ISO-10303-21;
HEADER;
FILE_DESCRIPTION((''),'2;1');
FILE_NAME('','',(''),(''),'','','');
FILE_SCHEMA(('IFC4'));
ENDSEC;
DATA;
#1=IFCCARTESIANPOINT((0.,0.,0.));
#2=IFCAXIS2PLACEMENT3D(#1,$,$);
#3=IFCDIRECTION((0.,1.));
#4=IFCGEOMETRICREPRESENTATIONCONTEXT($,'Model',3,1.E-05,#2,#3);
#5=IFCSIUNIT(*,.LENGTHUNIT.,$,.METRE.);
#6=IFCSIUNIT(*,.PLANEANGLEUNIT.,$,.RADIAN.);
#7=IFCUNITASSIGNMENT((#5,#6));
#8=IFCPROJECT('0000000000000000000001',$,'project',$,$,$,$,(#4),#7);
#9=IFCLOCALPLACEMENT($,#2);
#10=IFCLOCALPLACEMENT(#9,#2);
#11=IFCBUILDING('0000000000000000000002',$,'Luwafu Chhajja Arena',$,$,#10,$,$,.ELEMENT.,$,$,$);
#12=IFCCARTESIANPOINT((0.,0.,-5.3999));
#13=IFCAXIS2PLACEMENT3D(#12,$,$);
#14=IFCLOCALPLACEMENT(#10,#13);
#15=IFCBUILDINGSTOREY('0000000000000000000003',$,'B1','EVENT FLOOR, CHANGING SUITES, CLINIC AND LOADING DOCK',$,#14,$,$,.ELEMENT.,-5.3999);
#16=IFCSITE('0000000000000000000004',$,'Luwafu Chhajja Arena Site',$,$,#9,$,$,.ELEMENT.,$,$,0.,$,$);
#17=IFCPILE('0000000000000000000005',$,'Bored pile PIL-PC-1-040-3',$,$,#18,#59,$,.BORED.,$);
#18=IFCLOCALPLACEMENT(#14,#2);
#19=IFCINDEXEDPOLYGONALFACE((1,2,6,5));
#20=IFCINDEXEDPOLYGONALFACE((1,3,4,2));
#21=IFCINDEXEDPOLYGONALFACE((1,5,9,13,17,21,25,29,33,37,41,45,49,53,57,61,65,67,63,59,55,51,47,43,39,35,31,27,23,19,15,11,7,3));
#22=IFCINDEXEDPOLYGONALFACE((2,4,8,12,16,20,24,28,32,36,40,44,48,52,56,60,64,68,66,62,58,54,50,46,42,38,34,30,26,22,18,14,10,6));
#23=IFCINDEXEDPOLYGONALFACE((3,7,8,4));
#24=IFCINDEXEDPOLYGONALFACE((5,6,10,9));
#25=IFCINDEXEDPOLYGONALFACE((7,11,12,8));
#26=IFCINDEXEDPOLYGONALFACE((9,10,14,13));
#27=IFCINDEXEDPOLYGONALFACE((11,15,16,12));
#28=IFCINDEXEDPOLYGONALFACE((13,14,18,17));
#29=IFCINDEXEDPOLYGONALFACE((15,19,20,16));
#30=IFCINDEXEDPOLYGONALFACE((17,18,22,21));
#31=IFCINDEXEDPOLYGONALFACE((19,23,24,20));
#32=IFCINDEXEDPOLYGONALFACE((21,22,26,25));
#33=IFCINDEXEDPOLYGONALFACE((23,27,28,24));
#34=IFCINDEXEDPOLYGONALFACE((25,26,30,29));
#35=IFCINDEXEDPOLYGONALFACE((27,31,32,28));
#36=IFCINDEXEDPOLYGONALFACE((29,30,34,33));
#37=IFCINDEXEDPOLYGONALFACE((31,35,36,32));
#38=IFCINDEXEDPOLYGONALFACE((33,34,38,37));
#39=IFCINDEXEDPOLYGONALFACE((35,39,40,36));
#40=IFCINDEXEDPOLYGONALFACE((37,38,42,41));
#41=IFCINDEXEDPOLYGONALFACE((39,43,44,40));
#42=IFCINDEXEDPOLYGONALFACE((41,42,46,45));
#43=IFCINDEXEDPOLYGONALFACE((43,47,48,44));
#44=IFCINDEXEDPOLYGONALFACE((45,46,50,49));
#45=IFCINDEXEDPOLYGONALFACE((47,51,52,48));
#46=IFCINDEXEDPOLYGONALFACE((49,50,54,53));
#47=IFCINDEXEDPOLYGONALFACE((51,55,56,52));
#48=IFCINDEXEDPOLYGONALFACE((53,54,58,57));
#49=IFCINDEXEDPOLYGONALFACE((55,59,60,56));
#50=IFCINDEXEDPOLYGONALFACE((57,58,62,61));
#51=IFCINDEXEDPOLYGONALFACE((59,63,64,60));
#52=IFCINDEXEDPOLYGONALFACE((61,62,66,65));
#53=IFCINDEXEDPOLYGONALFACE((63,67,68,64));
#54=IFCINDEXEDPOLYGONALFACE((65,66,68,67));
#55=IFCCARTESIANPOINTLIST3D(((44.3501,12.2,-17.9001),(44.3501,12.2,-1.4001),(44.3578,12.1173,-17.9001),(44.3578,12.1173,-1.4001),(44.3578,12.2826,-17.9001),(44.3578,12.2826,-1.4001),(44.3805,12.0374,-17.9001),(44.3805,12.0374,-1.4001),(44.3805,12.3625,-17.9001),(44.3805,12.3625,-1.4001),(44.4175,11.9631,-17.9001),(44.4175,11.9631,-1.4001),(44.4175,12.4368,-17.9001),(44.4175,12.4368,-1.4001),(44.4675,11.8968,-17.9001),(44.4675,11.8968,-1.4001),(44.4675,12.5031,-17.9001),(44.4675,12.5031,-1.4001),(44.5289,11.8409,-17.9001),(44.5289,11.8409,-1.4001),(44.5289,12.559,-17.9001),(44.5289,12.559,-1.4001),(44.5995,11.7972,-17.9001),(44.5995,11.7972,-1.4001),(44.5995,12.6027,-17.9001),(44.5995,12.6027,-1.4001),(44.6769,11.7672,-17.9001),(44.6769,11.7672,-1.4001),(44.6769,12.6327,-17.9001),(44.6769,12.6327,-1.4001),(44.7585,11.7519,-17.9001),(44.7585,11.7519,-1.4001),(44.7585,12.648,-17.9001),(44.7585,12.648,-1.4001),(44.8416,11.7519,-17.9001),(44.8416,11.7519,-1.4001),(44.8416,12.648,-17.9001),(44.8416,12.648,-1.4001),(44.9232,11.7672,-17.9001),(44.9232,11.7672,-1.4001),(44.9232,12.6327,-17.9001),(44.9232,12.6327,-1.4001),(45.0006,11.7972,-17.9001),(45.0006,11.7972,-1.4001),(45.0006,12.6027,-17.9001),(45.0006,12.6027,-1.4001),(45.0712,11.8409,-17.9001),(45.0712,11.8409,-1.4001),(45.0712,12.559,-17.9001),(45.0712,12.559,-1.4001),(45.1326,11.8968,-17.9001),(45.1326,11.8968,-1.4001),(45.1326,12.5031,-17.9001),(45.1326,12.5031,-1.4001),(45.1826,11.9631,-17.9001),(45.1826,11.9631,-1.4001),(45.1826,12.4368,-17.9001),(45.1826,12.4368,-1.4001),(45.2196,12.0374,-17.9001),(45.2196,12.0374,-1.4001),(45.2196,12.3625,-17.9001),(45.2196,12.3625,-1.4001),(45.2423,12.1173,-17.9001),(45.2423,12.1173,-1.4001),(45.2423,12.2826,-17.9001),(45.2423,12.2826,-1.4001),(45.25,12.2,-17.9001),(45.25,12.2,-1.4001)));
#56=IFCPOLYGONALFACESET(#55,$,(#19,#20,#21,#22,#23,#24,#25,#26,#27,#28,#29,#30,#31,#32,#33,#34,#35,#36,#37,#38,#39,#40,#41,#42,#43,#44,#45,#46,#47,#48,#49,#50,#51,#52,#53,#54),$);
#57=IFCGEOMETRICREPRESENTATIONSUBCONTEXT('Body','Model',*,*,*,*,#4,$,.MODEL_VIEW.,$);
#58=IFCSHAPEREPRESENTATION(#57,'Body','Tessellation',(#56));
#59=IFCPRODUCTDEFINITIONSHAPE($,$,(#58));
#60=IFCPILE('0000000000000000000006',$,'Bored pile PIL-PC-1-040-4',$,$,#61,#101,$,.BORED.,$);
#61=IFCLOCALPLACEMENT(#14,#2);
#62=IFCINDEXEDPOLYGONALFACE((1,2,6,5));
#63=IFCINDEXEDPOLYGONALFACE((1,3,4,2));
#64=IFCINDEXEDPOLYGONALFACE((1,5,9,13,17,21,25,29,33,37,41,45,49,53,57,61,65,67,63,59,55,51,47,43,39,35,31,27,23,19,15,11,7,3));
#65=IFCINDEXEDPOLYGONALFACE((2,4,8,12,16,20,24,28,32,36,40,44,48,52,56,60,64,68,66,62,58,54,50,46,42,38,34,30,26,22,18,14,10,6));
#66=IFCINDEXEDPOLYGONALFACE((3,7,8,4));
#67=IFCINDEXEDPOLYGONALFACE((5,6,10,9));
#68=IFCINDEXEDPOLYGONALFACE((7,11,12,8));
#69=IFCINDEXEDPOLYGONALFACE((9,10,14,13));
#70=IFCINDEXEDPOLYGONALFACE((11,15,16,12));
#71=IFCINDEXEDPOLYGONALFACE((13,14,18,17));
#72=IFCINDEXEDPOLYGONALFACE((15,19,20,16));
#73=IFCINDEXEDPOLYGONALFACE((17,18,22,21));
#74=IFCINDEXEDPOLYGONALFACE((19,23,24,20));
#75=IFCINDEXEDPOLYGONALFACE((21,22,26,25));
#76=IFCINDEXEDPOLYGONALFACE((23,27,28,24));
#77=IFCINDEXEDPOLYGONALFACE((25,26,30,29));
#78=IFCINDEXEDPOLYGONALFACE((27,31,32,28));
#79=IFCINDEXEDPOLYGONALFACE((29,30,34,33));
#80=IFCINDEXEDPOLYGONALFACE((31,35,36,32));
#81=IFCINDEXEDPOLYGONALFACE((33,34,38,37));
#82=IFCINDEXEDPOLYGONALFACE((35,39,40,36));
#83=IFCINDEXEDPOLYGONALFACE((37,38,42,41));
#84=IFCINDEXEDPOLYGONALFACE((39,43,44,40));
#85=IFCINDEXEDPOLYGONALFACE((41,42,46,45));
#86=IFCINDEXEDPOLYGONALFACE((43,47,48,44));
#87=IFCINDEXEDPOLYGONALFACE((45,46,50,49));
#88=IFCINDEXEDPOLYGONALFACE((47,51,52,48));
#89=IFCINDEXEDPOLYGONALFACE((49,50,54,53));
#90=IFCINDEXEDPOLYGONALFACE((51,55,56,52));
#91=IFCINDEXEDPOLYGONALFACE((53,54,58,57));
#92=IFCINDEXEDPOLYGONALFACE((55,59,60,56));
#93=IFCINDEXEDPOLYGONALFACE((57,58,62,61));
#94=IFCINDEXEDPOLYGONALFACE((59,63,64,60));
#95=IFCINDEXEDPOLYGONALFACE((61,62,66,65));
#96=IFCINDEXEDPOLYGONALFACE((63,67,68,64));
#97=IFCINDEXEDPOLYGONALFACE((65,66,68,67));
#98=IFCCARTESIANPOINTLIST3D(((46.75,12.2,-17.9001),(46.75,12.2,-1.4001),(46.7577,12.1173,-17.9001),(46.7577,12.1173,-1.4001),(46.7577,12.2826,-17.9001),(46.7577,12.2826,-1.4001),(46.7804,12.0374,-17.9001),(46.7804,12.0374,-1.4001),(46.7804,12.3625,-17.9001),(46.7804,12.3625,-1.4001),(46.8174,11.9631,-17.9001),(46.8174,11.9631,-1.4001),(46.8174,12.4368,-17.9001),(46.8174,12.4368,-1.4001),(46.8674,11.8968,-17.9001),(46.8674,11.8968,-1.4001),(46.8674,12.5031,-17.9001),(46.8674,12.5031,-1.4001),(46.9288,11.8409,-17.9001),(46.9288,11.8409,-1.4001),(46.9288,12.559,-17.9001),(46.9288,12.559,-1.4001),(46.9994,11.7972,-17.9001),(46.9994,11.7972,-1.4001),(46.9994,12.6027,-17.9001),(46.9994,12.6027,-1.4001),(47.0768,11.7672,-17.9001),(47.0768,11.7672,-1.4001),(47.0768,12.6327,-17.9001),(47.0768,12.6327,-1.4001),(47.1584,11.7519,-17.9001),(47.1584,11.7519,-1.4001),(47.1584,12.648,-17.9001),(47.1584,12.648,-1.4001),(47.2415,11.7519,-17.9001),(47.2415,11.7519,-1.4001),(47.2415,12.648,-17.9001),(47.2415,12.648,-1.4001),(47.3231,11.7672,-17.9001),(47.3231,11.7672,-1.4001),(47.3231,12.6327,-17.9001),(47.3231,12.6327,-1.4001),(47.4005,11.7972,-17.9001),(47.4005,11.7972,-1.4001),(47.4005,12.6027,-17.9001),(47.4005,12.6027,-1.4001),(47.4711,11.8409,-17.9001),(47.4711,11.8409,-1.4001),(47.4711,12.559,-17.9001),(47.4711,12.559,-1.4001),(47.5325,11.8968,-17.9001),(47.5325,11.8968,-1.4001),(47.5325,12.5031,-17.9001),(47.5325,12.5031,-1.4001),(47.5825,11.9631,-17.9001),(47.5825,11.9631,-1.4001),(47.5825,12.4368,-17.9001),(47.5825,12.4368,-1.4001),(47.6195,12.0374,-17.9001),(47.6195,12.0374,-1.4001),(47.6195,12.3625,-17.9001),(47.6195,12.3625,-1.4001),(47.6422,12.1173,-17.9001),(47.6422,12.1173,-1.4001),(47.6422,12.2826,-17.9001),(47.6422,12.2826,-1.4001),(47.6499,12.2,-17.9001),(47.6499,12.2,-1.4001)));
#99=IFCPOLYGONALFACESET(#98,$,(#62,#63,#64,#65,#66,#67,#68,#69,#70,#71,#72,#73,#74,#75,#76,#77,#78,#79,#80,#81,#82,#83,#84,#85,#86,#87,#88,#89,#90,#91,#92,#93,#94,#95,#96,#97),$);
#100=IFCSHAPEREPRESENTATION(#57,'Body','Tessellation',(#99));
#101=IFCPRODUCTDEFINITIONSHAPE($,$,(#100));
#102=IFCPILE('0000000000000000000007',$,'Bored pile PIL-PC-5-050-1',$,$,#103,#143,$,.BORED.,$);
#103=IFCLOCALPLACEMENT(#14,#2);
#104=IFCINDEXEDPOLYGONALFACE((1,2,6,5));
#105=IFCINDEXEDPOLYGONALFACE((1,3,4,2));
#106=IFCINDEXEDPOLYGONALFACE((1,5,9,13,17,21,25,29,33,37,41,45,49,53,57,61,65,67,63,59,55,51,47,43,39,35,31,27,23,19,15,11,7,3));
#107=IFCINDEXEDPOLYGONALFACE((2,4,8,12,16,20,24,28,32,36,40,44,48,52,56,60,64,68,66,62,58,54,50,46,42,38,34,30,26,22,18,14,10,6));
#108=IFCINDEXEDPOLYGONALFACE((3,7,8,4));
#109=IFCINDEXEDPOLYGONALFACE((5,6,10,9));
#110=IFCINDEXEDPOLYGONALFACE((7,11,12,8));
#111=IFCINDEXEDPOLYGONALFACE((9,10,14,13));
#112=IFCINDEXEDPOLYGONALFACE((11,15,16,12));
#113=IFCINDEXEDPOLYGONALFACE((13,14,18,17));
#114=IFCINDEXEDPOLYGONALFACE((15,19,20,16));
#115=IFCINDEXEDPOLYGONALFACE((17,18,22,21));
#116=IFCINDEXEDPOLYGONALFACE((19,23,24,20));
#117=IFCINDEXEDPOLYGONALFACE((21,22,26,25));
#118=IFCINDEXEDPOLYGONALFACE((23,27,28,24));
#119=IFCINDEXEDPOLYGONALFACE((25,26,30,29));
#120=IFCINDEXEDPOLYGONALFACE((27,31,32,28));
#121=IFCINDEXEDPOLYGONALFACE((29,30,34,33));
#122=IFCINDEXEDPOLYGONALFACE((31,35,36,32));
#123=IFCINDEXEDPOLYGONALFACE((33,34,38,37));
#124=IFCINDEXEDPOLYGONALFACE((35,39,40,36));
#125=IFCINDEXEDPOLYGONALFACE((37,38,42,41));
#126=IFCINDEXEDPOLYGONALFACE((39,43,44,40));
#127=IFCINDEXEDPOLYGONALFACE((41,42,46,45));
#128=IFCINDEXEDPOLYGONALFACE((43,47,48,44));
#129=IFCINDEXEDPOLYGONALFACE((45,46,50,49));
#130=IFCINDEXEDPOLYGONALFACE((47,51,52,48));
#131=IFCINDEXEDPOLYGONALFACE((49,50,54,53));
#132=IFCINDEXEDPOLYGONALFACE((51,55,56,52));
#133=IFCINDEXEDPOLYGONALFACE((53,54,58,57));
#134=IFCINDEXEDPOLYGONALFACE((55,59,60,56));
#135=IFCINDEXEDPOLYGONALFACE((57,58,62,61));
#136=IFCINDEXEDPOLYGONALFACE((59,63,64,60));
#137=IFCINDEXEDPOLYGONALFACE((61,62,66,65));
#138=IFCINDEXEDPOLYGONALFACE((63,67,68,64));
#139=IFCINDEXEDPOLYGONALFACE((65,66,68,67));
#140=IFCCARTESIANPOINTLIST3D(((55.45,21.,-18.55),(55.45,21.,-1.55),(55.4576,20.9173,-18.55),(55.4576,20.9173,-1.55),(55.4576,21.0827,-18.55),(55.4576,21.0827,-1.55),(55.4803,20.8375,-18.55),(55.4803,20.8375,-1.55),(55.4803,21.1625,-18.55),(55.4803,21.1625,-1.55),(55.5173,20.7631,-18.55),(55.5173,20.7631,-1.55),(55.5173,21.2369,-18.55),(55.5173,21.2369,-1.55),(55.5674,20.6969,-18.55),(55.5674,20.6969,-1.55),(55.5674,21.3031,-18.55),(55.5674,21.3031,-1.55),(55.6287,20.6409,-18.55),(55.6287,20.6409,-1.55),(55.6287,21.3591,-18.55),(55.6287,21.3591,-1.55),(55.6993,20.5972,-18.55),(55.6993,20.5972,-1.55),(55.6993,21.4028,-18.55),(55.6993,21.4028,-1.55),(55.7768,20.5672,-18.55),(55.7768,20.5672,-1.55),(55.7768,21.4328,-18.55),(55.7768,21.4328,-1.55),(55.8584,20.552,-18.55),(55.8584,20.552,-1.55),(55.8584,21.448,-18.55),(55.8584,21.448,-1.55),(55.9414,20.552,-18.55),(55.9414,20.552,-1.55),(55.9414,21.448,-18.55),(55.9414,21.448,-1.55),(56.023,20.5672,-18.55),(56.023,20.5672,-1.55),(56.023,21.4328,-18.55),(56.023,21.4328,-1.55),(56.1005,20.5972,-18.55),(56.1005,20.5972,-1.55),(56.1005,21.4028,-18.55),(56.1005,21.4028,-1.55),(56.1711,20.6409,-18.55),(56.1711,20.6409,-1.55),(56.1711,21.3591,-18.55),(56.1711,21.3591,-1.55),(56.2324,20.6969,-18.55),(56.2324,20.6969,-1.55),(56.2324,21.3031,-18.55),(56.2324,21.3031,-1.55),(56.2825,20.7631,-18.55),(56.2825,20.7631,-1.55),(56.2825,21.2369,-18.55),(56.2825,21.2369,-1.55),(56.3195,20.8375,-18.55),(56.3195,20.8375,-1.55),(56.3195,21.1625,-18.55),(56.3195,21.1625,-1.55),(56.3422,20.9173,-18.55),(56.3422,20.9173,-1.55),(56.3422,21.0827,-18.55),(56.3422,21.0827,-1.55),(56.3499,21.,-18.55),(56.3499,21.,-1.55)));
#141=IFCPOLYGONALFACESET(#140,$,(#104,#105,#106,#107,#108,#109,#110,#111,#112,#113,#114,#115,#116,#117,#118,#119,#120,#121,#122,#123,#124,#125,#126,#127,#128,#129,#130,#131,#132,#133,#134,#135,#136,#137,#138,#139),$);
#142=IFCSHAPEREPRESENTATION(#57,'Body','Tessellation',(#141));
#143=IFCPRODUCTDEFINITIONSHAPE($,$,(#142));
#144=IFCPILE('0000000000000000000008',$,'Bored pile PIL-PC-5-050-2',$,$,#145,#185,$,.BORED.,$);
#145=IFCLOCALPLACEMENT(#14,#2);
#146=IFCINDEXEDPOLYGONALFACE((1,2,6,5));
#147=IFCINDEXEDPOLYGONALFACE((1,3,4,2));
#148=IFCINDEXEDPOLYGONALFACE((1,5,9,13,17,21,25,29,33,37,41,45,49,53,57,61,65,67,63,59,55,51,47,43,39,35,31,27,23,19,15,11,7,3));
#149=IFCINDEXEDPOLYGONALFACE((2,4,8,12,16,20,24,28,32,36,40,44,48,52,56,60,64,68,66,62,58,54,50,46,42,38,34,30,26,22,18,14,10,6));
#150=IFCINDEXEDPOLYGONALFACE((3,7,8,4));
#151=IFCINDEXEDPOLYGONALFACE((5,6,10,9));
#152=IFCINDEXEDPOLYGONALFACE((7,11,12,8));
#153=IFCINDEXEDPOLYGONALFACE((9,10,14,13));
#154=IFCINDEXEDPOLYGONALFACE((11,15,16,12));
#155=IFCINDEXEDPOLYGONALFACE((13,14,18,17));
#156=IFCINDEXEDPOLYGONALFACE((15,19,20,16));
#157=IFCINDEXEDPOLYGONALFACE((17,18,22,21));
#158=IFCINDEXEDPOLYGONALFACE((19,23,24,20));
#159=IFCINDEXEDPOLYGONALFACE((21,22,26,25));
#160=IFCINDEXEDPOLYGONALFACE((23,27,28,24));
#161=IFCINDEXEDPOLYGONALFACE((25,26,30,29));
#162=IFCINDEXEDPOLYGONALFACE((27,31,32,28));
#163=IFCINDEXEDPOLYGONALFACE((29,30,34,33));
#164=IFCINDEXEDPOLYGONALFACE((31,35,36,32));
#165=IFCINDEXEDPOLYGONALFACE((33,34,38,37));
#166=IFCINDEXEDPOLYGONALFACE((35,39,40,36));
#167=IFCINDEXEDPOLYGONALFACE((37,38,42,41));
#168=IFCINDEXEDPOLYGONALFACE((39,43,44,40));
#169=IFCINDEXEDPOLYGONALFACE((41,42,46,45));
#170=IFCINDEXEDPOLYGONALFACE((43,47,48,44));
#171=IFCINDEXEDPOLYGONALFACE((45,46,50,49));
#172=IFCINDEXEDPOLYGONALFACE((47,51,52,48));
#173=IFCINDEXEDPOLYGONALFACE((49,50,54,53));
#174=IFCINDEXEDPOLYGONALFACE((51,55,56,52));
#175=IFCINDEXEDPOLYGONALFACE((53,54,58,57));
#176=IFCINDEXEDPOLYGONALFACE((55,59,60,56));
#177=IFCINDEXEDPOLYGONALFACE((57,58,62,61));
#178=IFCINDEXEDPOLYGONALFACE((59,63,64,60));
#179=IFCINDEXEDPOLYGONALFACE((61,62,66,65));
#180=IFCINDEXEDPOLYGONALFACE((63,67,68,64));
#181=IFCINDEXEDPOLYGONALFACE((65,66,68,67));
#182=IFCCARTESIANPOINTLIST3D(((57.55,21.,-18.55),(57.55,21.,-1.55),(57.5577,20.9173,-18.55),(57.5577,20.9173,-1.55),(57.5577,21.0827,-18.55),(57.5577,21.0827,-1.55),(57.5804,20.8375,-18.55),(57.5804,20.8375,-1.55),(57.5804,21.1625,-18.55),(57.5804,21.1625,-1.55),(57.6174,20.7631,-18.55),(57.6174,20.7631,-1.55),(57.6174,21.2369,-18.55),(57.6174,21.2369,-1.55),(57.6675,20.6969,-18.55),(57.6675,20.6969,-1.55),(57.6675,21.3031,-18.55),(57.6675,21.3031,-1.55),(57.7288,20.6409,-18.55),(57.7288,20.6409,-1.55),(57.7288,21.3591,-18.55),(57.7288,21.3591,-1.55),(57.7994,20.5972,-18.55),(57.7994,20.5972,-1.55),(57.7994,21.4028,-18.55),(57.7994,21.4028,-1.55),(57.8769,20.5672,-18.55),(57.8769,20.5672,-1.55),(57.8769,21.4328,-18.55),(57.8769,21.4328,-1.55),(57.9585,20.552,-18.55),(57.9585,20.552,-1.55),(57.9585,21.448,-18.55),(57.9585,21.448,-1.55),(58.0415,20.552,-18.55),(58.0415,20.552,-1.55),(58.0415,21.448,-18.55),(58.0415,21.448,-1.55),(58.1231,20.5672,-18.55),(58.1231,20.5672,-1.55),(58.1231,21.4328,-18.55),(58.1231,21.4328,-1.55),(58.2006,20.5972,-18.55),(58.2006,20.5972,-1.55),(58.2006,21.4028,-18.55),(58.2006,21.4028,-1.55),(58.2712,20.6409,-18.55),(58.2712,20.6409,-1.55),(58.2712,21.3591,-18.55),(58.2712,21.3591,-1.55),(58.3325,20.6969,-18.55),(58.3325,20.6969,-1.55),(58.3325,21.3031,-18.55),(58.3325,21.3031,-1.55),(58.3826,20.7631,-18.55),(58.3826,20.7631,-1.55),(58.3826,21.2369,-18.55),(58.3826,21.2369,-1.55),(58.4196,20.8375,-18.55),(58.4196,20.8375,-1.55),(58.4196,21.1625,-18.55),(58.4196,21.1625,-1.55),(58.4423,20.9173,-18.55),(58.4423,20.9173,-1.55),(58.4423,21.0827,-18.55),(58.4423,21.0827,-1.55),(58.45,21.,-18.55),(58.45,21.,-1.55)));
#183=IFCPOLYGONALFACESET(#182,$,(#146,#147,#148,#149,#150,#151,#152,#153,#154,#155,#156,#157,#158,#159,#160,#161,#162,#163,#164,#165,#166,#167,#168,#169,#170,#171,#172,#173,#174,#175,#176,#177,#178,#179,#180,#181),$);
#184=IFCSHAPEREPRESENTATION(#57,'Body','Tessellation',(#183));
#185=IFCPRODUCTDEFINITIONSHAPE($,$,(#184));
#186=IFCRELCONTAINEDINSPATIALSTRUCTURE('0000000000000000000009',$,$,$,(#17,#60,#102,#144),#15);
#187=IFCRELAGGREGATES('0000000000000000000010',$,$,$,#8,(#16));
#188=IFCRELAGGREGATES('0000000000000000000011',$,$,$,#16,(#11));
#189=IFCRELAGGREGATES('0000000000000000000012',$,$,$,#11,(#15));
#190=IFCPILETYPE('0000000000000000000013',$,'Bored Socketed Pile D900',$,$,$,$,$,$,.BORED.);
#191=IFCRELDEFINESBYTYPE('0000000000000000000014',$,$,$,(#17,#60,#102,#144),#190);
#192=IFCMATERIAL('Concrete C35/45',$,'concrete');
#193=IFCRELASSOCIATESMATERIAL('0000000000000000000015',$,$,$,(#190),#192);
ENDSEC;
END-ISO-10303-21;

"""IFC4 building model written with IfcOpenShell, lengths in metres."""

from ifc_helpers import new_model, si_unit, direction, frame, origin, origin_2d, place, context, subcontext, project, spatial, circle, extrude, material, material_profile, profile_set, type_object, element, save


model = new_model("IFC4")

# Units and contexts
model_context = context("Model", 3, precision=1e-05, world=origin(), true_north=direction((0.0, 1.0)))
body_context = subcontext(model_context, "Body", "Model", "MODEL_VIEW")
ifc_project = project(units=[si_unit("LENGTHUNIT", "METRE"), si_unit("PLANEANGLEUNIT", "RADIAN")], contexts=[model_context])

# Site, building, storey
site_placement = place(None, origin())
site = spatial("IfcSite", under=ifc_project, at=site_placement, Name="Luwafu Chhajja Arena Site", CompositionType="ELEMENT", RefElevation=0.0)
building_placement = place(site_placement, origin())
building = spatial("IfcBuilding", under=site, at=building_placement, Name="Luwafu Chhajja Arena", CompositionType="ELEMENT")
storey_placement = place(building_placement, frame((0.0, 0.0, -5.3999)))
storey = spatial("IfcBuildingStorey", under=building, at=storey_placement, Name="B1", Description="EVENT FLOOR, CHANGING SUITES, CLINIC AND LOADING DOCK", CompositionType="ELEMENT", Elevation=-5.3999)

# Piles
ifc_material_1 = material(Name="Concrete C35/45", Category="concrete")
ifc_material_profile_1 = material_profile(ifc_material_1, circle(Radius=0.45, at=origin_2d()), Name="PILE D900")
ifc_profile_set_1 = profile_set([ifc_material_profile_1], Name="Concrete C35/45")
pile_type_1 = type_object("IfcPileType", Name="Bored Socketed Pile D900", PredefinedType="BORED", material=ifc_profile_set_1)
for number, where, z_axis, x_axis, name in (
    (1, (44.8, 12.2, -1.4001), (0.0, 0.0, -1.0), (1.0, 0.0, 0.0), "Bored pile PIL-PC-1-040-3"),
    (2, (47.2, 12.2, -1.4001), (0.0, 0.0, -1.0), (1.0, 0.0, 0.0), "Bored pile PIL-PC-1-040-4"),
):
    element("IfcPile", number, at=place(storey_placement, frame(where, z_axis=z_axis, x_axis=x_axis)), inside=storey, type_object=pile_type_1, Name=name, PredefinedType="BORED", context=body_context, shape_type="SweptSolid", body=[
        extrude(circle(Radius=0.45, at=origin_2d()), origin(), (0.0, 0.0, 1.0), 16.5),
    ])
for number, where, z_axis, x_axis, name in (
    (3, (55.8999, 21.0, -1.55), (0.0, 0.0, -1.0), (1.0, 0.0, 0.0), "Bored pile PIL-PC-5-050-1"),
    (4, (58.0, 21.0, -1.55), (0.0, 0.0, -1.0), (1.0, 0.0, 0.0), "Bored pile PIL-PC-5-050-2"),
):
    element("IfcPile", number, at=place(storey_placement, frame(where, z_axis=z_axis, x_axis=x_axis)), inside=storey, type_object=pile_type_1, Name=name, PredefinedType="BORED", context=body_context, shape_type="SweptSolid", body=[
        extrude(circle(Radius=0.45, at=origin_2d()), origin(), (0.0, 0.0, 1.0), 17.0),
    ])

save(model, "model.ifc")
